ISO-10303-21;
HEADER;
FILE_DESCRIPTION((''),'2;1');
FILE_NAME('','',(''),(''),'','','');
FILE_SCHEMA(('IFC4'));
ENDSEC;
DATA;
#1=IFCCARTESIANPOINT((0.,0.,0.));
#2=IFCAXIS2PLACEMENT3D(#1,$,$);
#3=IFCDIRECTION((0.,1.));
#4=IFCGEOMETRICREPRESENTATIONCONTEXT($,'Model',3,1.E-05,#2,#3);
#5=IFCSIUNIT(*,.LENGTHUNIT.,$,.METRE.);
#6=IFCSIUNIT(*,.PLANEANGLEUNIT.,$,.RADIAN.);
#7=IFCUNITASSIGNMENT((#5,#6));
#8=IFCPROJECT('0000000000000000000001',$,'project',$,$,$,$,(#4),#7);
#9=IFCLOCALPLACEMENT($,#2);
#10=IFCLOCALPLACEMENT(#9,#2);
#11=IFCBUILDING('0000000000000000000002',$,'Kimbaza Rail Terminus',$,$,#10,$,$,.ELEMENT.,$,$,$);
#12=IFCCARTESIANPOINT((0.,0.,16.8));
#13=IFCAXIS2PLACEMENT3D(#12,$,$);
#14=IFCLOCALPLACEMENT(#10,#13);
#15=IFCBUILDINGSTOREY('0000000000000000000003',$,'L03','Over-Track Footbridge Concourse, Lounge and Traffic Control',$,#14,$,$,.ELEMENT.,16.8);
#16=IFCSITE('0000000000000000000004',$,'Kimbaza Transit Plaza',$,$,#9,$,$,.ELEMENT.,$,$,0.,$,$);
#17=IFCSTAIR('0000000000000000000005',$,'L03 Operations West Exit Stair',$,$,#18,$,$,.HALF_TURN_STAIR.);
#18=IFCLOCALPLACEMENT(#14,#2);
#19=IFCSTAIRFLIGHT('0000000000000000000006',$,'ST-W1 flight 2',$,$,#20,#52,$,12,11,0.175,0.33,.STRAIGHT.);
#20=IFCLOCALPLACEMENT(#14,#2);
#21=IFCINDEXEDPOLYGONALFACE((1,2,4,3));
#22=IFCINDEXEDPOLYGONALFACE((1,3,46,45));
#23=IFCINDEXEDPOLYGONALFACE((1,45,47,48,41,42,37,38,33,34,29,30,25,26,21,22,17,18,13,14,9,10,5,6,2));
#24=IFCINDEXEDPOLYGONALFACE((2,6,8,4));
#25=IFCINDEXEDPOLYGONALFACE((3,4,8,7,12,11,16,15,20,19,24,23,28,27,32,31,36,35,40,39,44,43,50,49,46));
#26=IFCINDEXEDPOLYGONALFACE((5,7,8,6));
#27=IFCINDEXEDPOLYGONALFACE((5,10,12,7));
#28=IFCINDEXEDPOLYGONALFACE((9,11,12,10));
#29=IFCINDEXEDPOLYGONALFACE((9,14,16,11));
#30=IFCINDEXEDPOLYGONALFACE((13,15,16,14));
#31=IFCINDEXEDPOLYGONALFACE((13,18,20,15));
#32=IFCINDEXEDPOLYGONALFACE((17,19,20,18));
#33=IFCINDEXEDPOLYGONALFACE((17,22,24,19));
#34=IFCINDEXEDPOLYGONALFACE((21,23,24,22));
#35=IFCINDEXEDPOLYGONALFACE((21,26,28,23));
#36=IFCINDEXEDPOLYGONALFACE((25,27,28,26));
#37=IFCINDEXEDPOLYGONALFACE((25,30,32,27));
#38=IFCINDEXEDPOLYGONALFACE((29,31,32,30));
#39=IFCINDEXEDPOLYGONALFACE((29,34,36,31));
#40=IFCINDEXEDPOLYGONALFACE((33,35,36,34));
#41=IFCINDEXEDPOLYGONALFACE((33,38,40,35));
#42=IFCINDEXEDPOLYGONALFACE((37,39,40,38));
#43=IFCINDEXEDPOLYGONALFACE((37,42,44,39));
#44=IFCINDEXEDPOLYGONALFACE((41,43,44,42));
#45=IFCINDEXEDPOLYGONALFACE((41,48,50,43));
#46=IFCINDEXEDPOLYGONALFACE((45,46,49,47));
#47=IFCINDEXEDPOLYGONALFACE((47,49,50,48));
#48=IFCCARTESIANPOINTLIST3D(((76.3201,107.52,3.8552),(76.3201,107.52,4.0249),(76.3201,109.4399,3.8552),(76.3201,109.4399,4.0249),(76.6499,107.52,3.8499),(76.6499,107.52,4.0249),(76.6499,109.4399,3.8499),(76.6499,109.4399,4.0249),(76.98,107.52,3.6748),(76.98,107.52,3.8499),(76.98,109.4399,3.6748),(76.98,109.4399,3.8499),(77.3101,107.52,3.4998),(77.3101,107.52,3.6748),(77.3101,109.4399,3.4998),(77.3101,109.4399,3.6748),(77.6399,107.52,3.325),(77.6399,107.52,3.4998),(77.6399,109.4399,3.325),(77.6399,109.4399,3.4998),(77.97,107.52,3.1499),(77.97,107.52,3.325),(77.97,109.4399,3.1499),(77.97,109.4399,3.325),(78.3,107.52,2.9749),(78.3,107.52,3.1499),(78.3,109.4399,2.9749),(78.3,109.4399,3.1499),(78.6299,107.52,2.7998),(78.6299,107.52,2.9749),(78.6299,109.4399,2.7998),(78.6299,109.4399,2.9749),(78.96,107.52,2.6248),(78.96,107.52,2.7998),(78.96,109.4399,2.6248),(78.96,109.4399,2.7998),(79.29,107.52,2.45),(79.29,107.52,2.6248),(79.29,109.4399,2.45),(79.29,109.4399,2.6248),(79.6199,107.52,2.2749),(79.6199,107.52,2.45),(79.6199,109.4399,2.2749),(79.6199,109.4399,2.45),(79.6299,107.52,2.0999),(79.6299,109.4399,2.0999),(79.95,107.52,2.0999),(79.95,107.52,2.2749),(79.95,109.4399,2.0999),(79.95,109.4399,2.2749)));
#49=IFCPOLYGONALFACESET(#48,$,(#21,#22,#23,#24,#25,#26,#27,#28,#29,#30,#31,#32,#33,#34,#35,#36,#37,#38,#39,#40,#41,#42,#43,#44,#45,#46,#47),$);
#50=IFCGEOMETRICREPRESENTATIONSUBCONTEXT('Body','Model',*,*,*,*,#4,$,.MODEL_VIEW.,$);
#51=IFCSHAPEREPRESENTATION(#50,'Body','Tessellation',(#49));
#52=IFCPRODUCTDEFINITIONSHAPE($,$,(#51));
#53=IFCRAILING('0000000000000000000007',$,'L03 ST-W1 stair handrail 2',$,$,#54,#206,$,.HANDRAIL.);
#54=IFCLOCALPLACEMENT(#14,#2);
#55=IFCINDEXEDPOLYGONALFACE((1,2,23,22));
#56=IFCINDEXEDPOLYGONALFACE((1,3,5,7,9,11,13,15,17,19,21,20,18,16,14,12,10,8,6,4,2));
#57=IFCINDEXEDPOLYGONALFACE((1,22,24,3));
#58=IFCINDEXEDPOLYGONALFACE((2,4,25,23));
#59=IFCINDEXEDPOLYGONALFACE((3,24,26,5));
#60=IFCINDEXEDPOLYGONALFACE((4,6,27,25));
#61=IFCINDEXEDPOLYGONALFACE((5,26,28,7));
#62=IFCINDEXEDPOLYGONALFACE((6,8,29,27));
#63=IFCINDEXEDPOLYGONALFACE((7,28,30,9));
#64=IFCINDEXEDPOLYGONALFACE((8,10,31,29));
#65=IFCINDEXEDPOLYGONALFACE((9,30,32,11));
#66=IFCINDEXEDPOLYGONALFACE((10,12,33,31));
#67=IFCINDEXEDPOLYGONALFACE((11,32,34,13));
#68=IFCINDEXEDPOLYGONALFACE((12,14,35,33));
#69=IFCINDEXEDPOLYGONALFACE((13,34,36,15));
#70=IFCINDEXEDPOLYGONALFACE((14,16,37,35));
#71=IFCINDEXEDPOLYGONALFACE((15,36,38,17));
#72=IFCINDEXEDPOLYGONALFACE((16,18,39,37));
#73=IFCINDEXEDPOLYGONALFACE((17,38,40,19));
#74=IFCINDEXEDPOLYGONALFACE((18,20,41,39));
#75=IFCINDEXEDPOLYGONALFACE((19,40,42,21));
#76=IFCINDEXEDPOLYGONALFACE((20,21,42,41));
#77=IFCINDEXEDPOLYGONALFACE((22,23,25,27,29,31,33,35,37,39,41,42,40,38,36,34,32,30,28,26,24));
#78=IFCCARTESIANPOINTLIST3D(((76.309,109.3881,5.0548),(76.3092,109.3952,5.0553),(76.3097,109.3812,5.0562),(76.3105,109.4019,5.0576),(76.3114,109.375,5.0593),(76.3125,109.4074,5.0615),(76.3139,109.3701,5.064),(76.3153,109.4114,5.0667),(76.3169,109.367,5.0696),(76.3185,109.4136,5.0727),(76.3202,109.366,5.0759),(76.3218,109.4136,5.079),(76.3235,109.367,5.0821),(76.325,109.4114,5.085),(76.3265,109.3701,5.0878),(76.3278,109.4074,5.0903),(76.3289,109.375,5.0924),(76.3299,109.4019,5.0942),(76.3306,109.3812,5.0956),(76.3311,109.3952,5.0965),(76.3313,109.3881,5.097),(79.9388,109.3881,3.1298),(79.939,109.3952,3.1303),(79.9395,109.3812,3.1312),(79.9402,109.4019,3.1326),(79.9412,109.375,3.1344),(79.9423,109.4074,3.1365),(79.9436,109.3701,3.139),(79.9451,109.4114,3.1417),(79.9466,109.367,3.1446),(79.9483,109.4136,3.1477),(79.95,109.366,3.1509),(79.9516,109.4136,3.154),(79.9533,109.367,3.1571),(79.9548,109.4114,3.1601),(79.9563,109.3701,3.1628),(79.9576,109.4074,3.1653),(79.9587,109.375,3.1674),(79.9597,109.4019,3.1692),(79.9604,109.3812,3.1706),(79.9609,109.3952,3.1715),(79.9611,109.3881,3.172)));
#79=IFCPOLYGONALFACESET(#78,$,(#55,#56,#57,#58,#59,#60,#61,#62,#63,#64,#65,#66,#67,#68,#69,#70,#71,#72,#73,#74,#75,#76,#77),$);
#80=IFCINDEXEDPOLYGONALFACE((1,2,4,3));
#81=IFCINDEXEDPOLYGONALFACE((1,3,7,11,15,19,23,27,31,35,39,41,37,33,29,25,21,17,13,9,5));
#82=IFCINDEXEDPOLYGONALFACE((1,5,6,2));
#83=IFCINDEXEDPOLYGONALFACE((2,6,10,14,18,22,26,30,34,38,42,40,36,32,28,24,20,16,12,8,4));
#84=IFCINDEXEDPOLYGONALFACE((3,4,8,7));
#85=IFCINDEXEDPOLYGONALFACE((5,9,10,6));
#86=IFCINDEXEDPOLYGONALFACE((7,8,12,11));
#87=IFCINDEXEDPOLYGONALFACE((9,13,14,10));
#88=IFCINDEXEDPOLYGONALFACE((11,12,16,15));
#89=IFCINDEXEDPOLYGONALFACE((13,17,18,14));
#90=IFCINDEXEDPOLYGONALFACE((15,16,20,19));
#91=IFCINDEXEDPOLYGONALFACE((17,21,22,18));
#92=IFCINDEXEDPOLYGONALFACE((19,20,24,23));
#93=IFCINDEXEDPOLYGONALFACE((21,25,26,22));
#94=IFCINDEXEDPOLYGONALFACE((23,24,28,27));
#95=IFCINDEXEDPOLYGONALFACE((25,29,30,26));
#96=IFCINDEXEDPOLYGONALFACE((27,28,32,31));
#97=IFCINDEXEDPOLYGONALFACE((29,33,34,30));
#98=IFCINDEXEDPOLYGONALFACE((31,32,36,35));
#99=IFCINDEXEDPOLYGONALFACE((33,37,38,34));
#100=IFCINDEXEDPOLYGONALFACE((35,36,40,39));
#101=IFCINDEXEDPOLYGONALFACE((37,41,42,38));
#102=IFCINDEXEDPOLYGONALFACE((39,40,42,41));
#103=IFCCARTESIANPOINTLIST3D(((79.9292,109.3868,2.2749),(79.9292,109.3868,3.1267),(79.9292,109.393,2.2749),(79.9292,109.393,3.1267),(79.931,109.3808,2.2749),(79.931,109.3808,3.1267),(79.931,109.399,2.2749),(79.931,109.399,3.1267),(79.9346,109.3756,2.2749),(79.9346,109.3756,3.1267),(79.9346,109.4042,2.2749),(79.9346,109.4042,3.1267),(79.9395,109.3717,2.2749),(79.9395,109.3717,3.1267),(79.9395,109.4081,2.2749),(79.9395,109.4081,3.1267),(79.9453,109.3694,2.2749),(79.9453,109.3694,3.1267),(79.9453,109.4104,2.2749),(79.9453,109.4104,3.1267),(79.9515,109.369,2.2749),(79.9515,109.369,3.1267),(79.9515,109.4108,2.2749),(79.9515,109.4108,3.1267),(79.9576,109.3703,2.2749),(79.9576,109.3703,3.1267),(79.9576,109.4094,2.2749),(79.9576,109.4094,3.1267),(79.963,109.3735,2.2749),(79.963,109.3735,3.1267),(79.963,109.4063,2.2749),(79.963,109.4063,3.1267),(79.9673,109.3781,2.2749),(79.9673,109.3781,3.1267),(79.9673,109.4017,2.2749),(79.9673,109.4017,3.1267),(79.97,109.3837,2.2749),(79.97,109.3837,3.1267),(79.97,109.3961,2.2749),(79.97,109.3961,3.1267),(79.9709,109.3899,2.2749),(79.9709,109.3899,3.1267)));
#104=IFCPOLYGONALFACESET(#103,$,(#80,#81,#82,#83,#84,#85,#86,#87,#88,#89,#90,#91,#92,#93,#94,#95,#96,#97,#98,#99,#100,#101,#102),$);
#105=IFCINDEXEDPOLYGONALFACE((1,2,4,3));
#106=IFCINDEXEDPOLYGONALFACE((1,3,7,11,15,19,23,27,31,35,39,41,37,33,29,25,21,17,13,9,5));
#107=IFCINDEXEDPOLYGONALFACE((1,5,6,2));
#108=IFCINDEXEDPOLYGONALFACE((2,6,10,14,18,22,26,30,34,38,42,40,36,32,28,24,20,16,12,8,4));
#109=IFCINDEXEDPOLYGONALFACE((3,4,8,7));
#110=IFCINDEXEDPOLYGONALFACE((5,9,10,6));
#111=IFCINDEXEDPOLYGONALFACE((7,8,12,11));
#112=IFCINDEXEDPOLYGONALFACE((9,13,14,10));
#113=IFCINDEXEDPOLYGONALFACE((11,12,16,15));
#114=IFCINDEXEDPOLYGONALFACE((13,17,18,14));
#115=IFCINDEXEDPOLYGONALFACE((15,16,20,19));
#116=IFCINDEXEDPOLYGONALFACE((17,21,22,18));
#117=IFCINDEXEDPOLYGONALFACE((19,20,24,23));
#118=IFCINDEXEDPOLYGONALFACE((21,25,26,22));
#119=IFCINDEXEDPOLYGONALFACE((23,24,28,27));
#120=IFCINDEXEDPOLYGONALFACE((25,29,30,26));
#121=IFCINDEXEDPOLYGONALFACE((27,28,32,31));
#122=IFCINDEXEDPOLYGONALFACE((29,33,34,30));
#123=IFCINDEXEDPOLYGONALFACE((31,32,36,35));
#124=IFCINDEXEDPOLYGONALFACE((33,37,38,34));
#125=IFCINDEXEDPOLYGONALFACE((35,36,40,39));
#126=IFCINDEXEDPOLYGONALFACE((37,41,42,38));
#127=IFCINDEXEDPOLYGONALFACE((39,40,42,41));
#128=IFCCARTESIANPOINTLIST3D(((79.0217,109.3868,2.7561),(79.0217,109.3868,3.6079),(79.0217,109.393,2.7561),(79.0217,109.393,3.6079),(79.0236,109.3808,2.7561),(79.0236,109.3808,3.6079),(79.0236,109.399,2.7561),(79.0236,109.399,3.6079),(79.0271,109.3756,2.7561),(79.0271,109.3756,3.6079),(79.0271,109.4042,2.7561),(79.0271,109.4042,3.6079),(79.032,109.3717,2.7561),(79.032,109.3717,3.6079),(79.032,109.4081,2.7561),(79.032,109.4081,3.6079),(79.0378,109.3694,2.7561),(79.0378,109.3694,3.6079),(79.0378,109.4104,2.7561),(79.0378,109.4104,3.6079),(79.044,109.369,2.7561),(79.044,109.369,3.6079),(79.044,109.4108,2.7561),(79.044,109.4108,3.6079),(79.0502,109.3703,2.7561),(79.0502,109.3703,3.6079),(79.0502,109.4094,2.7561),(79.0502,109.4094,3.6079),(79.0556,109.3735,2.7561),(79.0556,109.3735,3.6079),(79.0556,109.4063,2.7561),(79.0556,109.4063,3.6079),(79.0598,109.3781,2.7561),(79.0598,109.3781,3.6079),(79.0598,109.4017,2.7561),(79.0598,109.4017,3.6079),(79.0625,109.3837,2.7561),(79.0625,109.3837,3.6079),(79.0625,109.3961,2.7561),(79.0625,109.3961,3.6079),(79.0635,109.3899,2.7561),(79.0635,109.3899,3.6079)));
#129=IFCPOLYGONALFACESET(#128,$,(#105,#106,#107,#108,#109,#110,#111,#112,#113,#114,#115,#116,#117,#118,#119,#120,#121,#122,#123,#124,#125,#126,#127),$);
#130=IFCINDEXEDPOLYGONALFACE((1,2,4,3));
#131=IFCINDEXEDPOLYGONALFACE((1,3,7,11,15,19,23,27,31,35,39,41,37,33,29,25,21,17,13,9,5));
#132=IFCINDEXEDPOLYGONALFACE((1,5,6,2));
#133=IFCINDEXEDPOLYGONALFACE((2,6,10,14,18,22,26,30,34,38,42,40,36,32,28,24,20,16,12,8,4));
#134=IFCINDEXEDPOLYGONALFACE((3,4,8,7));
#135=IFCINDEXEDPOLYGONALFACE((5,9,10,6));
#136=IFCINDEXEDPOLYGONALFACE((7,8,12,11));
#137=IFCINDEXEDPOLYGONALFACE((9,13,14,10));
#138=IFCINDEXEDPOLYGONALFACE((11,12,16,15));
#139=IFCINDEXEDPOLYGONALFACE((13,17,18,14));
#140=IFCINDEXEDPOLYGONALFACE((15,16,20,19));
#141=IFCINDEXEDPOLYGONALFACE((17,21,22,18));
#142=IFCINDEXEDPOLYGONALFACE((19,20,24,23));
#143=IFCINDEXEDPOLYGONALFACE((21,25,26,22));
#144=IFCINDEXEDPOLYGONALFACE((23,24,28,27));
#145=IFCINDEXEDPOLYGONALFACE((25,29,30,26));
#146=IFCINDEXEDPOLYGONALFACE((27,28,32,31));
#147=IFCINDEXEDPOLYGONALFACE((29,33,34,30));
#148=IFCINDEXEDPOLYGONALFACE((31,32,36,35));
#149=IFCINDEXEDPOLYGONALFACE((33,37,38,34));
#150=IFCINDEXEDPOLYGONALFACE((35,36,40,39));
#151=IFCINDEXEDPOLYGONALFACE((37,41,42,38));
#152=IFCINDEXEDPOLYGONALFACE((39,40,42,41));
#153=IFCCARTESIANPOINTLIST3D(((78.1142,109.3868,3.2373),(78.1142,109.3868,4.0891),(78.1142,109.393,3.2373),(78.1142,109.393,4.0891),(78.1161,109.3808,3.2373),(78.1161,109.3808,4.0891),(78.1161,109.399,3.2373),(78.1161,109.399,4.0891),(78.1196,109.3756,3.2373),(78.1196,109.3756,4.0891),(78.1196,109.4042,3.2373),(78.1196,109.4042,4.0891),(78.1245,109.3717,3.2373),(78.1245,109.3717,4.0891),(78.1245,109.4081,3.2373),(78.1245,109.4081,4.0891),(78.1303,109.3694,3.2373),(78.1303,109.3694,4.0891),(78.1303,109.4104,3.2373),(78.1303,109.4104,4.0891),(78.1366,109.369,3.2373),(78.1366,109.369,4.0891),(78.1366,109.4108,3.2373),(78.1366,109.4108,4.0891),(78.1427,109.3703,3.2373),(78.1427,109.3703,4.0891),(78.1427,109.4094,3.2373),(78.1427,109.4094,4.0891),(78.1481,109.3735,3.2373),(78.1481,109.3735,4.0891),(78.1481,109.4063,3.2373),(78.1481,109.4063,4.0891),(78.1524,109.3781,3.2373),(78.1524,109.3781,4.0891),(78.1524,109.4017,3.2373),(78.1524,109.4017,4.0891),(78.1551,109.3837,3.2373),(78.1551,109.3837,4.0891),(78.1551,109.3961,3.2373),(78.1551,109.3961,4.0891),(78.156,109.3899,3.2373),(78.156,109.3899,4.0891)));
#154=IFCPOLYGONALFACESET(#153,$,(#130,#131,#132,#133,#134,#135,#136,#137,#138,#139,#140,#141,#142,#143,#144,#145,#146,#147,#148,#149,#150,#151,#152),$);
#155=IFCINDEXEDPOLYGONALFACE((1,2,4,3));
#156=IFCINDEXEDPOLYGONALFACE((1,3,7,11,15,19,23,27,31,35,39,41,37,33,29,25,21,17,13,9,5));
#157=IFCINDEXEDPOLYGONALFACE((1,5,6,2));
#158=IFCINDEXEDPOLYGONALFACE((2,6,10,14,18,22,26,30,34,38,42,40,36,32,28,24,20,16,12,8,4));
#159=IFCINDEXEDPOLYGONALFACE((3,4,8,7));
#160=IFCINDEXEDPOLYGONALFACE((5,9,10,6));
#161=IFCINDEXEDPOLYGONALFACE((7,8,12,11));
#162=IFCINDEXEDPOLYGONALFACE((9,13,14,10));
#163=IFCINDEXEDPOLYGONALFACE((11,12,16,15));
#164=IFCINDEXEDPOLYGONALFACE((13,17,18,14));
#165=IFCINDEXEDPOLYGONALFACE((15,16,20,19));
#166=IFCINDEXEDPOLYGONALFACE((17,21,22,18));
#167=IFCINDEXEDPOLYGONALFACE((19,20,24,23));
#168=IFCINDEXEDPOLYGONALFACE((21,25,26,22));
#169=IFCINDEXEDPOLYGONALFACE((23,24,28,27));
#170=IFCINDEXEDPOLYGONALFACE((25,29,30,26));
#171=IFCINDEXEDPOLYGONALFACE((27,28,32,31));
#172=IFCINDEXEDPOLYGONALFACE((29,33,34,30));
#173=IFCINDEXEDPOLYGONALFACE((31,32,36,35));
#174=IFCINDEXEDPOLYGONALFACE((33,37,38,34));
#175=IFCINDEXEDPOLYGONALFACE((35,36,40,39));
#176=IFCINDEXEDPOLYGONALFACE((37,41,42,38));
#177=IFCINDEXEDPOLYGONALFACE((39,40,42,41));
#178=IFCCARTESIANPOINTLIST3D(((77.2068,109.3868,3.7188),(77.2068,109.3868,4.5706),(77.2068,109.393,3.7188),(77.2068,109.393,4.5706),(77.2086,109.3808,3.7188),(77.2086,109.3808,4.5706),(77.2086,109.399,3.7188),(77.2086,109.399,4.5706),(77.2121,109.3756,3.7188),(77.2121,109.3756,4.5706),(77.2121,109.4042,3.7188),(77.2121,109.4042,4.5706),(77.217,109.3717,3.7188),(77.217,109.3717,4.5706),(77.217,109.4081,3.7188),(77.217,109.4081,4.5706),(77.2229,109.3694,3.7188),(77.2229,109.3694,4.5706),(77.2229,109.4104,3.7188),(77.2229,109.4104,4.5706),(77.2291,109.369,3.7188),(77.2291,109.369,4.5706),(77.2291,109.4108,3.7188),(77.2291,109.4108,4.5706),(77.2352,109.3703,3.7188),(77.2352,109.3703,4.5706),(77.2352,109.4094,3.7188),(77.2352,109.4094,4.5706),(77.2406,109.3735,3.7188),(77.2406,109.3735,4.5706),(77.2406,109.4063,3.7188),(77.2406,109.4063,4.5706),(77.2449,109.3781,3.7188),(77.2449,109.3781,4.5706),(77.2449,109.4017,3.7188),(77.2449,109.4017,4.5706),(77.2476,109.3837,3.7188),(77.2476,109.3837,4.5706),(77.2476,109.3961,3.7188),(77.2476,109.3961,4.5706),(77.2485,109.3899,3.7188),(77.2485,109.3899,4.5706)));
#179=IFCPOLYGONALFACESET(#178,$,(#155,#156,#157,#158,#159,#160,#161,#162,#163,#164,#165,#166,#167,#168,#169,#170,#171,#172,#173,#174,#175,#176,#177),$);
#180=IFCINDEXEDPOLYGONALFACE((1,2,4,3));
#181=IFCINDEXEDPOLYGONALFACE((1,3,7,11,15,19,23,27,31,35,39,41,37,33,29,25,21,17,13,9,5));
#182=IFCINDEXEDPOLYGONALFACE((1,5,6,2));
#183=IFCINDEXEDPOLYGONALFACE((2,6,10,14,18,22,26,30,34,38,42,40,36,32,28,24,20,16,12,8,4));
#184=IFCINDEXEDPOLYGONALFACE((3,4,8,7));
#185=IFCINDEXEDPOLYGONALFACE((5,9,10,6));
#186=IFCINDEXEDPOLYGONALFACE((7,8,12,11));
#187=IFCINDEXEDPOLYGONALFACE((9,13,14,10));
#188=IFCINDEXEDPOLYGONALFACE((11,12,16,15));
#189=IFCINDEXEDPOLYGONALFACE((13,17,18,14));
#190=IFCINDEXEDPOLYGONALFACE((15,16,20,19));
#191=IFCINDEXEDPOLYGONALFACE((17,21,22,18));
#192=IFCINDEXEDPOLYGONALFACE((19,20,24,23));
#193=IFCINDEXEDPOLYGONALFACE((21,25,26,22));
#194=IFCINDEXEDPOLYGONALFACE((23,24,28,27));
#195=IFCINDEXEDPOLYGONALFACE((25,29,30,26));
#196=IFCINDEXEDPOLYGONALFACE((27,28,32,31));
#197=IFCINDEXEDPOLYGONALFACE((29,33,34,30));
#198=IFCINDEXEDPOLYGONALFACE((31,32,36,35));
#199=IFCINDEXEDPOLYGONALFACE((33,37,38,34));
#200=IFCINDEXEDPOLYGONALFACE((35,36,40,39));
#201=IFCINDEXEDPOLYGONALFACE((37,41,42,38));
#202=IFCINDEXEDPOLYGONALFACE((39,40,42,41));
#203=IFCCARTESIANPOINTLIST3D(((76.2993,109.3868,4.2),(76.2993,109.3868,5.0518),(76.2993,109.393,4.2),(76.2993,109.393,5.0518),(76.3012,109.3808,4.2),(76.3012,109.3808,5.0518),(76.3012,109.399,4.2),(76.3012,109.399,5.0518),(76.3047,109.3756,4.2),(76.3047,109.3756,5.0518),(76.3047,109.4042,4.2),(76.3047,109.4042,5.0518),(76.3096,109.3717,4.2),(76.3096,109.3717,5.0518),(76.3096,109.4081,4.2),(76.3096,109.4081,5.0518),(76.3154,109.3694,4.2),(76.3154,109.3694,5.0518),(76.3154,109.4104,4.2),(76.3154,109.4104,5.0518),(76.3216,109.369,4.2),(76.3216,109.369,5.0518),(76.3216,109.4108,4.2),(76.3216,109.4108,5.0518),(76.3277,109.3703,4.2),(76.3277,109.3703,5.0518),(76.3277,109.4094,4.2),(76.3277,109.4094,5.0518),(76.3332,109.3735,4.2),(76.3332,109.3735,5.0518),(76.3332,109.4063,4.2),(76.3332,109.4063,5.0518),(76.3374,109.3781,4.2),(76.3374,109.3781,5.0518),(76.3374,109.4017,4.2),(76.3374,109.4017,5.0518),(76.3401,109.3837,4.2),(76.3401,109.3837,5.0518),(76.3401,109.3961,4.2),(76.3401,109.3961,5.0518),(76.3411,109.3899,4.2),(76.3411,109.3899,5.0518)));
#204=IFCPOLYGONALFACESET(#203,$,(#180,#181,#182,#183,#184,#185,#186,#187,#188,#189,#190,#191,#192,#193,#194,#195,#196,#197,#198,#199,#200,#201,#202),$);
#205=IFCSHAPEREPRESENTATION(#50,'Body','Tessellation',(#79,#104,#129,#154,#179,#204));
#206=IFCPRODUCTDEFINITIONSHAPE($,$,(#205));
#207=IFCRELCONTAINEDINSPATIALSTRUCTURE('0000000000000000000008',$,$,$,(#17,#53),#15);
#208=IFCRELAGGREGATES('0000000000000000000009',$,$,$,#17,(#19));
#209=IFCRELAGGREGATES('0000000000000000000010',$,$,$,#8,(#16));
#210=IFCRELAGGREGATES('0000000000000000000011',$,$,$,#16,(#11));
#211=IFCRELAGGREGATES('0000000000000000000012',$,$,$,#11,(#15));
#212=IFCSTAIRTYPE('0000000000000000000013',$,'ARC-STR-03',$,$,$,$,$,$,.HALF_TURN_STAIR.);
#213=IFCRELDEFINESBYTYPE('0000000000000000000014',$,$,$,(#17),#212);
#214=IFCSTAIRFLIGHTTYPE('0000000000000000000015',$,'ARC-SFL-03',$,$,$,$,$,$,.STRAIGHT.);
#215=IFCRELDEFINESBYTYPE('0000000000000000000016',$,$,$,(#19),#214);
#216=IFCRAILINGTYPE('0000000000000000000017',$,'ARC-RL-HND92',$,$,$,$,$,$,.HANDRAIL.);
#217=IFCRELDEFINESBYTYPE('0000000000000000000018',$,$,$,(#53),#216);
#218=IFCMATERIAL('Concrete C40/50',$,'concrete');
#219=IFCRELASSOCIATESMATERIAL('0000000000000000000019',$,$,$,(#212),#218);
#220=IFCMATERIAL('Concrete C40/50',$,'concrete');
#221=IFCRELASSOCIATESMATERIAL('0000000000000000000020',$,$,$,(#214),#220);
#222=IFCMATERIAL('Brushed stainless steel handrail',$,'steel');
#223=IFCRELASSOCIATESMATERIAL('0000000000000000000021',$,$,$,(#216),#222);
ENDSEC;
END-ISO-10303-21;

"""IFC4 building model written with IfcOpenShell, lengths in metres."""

from ifc_helpers import new_model, si_unit, direction, frame, origin, origin_2d, place, context, subcontext, project, spatial, polyline, circle, outline, extrude, material, type_object, element, aggregate, save


model = new_model("IFC4")

# Units and contexts
model_context = context("Model", 3, precision=1e-05, world=origin(), true_north=direction((0.0, 1.0)))
body_context = subcontext(model_context, "Body", "Model", "MODEL_VIEW")
ifc_project = project(units=[si_unit("LENGTHUNIT", "METRE"), si_unit("PLANEANGLEUNIT", "RADIAN")], contexts=[model_context])

# Site, building, storey
site_placement = place(None, origin())
site = spatial("IfcSite", under=ifc_project, at=site_placement, Name="Kimbaza Transit Plaza", CompositionType="ELEMENT", RefElevation=0.0)
building_placement = place(site_placement, origin())
building = spatial("IfcBuilding", under=site, at=building_placement, Name="Kimbaza Rail Terminus", CompositionType="ELEMENT")
storey_placement = place(building_placement, frame((0.0, 0.0, 16.8)))
storey = spatial("IfcBuildingStorey", under=building, at=storey_placement, Name="L03", Description="Over-Track Footbridge Concourse, Lounge and Traffic Control", CompositionType="ELEMENT", Elevation=16.8)

# Stair, stair flight
ifc_material_1 = material(Name="Concrete C40/50", Category="concrete")
stair_type = type_object("IfcStairType", Name="ARC-STR-03", PredefinedType="HALF_TURN_STAIR", material=ifc_material_1)
stair_placement = place(storey_placement, origin())
stair = element("IfcStair", 1, at=stair_placement, inside=storey, type_object=stair_type, Name="L03 Operations West Exit Stair", PredefinedType="HALF_TURN_STAIR")
ifc_material_2 = material(Name="Concrete C40/50", Category="concrete")
stair_flight_type = type_object("IfcStairFlightType", Name="ARC-SFL-03", PredefinedType="STRAIGHT", material=ifc_material_2)
stair_flight_placement = place(storey_placement, frame((79.95, 108.48, 2.0999), z_axis=(0.0, 0.0, 1.0), x_axis=(-1.0, 0.0, 0.0)))
stair_flight = element("IfcStairFlight", 2, at=stair_flight_placement, type_object=stair_flight_type, Name="ST-W1 flight 2", NumberOfRisers=12, NumberOfTreads=11, PredefinedType="STRAIGHT", RiserHeight=0.175, TreadLength=0.33, context=body_context, shape_type="SweptSolid", body=[
    extrude(outline(polyline([(0.0, 0.0), (0.0, 0.175), (0.3301, 0.175), (0.3301, 0.3501), (0.6599, 0.3501), (0.6599, 0.5249), (0.99, 0.5249), (0.99, 0.7), (1.3201, 0.7), (1.3201, 0.875), (1.6499, 0.875), (1.6499, 1.05), (1.98, 1.05), (1.98, 1.2251), (2.3101, 1.2251), (2.3101, 1.3999), (2.6399, 1.3999), (2.6399, 1.575), (2.97, 1.575), (2.97, 1.75), (3.3, 1.75), (3.3, 1.925), (3.6299, 1.925), (3.6299, 2.1001), (3.6299, 1.7554), (0.3201, 0.0), (0.0, 0.0)])), frame((0.0, 0.96, 0.0), z_axis=(0.0, -1.0, 0.0), x_axis=(1.0, 0.0, 0.0)), (0.0, 0.0, 1.0), 1.9199),
])
aggregate(stair, [stair_flight])

# Railing
ifc_material_3 = material(Name="Brushed stainless steel handrail", Category="steel")
railing_type_1 = type_object("IfcRailingType", Name="ARC-RL-HND92", PredefinedType="HANDRAIL", material=ifc_material_3)
railing_1_placement = place(storey_placement, frame((79.95, 109.3899, 2.2749)))
element("IfcRailing", 3, at=railing_1_placement, inside=storey, type_object=railing_type_1, Name="L03 ST-W1 stair handrail 2", PredefinedType="HANDRAIL", context=body_context, shape_type="SweptSolid", body=[
    extrude(circle(Radius=0.0239, at=origin_2d()), frame((0.0, 0.0, 0.876), z_axis=(-0.883451, 0.0, 0.468524), x_axis=(0.0, -1.0, 0.0)), (0.0, 0.0, 1.0), 4.1086),
    extrude(circle(Radius=0.021, at=origin_2d()), origin(), (0.0, 0.0, 1.0), 0.8518),
    extrude(circle(Radius=0.021, at=origin_2d()), frame((-0.9075, 0.0, 0.4812)), (0.0, 0.0, 1.0), 0.8518),
    extrude(circle(Radius=0.021, at=origin_2d()), frame((-1.8149, 0.0, 0.9624)), (0.0, 0.0, 1.0), 0.8518),
    extrude(circle(Radius=0.021, at=origin_2d()), frame((-2.7224, 0.0, 1.4438)), (0.0, 0.0, 1.0), 0.8518),
    extrude(circle(Radius=0.021, at=origin_2d()), frame((-3.6299, 0.0, 1.925)), (0.0, 0.0, 1.0), 0.8518),
])

save(model, "model.ifc")
